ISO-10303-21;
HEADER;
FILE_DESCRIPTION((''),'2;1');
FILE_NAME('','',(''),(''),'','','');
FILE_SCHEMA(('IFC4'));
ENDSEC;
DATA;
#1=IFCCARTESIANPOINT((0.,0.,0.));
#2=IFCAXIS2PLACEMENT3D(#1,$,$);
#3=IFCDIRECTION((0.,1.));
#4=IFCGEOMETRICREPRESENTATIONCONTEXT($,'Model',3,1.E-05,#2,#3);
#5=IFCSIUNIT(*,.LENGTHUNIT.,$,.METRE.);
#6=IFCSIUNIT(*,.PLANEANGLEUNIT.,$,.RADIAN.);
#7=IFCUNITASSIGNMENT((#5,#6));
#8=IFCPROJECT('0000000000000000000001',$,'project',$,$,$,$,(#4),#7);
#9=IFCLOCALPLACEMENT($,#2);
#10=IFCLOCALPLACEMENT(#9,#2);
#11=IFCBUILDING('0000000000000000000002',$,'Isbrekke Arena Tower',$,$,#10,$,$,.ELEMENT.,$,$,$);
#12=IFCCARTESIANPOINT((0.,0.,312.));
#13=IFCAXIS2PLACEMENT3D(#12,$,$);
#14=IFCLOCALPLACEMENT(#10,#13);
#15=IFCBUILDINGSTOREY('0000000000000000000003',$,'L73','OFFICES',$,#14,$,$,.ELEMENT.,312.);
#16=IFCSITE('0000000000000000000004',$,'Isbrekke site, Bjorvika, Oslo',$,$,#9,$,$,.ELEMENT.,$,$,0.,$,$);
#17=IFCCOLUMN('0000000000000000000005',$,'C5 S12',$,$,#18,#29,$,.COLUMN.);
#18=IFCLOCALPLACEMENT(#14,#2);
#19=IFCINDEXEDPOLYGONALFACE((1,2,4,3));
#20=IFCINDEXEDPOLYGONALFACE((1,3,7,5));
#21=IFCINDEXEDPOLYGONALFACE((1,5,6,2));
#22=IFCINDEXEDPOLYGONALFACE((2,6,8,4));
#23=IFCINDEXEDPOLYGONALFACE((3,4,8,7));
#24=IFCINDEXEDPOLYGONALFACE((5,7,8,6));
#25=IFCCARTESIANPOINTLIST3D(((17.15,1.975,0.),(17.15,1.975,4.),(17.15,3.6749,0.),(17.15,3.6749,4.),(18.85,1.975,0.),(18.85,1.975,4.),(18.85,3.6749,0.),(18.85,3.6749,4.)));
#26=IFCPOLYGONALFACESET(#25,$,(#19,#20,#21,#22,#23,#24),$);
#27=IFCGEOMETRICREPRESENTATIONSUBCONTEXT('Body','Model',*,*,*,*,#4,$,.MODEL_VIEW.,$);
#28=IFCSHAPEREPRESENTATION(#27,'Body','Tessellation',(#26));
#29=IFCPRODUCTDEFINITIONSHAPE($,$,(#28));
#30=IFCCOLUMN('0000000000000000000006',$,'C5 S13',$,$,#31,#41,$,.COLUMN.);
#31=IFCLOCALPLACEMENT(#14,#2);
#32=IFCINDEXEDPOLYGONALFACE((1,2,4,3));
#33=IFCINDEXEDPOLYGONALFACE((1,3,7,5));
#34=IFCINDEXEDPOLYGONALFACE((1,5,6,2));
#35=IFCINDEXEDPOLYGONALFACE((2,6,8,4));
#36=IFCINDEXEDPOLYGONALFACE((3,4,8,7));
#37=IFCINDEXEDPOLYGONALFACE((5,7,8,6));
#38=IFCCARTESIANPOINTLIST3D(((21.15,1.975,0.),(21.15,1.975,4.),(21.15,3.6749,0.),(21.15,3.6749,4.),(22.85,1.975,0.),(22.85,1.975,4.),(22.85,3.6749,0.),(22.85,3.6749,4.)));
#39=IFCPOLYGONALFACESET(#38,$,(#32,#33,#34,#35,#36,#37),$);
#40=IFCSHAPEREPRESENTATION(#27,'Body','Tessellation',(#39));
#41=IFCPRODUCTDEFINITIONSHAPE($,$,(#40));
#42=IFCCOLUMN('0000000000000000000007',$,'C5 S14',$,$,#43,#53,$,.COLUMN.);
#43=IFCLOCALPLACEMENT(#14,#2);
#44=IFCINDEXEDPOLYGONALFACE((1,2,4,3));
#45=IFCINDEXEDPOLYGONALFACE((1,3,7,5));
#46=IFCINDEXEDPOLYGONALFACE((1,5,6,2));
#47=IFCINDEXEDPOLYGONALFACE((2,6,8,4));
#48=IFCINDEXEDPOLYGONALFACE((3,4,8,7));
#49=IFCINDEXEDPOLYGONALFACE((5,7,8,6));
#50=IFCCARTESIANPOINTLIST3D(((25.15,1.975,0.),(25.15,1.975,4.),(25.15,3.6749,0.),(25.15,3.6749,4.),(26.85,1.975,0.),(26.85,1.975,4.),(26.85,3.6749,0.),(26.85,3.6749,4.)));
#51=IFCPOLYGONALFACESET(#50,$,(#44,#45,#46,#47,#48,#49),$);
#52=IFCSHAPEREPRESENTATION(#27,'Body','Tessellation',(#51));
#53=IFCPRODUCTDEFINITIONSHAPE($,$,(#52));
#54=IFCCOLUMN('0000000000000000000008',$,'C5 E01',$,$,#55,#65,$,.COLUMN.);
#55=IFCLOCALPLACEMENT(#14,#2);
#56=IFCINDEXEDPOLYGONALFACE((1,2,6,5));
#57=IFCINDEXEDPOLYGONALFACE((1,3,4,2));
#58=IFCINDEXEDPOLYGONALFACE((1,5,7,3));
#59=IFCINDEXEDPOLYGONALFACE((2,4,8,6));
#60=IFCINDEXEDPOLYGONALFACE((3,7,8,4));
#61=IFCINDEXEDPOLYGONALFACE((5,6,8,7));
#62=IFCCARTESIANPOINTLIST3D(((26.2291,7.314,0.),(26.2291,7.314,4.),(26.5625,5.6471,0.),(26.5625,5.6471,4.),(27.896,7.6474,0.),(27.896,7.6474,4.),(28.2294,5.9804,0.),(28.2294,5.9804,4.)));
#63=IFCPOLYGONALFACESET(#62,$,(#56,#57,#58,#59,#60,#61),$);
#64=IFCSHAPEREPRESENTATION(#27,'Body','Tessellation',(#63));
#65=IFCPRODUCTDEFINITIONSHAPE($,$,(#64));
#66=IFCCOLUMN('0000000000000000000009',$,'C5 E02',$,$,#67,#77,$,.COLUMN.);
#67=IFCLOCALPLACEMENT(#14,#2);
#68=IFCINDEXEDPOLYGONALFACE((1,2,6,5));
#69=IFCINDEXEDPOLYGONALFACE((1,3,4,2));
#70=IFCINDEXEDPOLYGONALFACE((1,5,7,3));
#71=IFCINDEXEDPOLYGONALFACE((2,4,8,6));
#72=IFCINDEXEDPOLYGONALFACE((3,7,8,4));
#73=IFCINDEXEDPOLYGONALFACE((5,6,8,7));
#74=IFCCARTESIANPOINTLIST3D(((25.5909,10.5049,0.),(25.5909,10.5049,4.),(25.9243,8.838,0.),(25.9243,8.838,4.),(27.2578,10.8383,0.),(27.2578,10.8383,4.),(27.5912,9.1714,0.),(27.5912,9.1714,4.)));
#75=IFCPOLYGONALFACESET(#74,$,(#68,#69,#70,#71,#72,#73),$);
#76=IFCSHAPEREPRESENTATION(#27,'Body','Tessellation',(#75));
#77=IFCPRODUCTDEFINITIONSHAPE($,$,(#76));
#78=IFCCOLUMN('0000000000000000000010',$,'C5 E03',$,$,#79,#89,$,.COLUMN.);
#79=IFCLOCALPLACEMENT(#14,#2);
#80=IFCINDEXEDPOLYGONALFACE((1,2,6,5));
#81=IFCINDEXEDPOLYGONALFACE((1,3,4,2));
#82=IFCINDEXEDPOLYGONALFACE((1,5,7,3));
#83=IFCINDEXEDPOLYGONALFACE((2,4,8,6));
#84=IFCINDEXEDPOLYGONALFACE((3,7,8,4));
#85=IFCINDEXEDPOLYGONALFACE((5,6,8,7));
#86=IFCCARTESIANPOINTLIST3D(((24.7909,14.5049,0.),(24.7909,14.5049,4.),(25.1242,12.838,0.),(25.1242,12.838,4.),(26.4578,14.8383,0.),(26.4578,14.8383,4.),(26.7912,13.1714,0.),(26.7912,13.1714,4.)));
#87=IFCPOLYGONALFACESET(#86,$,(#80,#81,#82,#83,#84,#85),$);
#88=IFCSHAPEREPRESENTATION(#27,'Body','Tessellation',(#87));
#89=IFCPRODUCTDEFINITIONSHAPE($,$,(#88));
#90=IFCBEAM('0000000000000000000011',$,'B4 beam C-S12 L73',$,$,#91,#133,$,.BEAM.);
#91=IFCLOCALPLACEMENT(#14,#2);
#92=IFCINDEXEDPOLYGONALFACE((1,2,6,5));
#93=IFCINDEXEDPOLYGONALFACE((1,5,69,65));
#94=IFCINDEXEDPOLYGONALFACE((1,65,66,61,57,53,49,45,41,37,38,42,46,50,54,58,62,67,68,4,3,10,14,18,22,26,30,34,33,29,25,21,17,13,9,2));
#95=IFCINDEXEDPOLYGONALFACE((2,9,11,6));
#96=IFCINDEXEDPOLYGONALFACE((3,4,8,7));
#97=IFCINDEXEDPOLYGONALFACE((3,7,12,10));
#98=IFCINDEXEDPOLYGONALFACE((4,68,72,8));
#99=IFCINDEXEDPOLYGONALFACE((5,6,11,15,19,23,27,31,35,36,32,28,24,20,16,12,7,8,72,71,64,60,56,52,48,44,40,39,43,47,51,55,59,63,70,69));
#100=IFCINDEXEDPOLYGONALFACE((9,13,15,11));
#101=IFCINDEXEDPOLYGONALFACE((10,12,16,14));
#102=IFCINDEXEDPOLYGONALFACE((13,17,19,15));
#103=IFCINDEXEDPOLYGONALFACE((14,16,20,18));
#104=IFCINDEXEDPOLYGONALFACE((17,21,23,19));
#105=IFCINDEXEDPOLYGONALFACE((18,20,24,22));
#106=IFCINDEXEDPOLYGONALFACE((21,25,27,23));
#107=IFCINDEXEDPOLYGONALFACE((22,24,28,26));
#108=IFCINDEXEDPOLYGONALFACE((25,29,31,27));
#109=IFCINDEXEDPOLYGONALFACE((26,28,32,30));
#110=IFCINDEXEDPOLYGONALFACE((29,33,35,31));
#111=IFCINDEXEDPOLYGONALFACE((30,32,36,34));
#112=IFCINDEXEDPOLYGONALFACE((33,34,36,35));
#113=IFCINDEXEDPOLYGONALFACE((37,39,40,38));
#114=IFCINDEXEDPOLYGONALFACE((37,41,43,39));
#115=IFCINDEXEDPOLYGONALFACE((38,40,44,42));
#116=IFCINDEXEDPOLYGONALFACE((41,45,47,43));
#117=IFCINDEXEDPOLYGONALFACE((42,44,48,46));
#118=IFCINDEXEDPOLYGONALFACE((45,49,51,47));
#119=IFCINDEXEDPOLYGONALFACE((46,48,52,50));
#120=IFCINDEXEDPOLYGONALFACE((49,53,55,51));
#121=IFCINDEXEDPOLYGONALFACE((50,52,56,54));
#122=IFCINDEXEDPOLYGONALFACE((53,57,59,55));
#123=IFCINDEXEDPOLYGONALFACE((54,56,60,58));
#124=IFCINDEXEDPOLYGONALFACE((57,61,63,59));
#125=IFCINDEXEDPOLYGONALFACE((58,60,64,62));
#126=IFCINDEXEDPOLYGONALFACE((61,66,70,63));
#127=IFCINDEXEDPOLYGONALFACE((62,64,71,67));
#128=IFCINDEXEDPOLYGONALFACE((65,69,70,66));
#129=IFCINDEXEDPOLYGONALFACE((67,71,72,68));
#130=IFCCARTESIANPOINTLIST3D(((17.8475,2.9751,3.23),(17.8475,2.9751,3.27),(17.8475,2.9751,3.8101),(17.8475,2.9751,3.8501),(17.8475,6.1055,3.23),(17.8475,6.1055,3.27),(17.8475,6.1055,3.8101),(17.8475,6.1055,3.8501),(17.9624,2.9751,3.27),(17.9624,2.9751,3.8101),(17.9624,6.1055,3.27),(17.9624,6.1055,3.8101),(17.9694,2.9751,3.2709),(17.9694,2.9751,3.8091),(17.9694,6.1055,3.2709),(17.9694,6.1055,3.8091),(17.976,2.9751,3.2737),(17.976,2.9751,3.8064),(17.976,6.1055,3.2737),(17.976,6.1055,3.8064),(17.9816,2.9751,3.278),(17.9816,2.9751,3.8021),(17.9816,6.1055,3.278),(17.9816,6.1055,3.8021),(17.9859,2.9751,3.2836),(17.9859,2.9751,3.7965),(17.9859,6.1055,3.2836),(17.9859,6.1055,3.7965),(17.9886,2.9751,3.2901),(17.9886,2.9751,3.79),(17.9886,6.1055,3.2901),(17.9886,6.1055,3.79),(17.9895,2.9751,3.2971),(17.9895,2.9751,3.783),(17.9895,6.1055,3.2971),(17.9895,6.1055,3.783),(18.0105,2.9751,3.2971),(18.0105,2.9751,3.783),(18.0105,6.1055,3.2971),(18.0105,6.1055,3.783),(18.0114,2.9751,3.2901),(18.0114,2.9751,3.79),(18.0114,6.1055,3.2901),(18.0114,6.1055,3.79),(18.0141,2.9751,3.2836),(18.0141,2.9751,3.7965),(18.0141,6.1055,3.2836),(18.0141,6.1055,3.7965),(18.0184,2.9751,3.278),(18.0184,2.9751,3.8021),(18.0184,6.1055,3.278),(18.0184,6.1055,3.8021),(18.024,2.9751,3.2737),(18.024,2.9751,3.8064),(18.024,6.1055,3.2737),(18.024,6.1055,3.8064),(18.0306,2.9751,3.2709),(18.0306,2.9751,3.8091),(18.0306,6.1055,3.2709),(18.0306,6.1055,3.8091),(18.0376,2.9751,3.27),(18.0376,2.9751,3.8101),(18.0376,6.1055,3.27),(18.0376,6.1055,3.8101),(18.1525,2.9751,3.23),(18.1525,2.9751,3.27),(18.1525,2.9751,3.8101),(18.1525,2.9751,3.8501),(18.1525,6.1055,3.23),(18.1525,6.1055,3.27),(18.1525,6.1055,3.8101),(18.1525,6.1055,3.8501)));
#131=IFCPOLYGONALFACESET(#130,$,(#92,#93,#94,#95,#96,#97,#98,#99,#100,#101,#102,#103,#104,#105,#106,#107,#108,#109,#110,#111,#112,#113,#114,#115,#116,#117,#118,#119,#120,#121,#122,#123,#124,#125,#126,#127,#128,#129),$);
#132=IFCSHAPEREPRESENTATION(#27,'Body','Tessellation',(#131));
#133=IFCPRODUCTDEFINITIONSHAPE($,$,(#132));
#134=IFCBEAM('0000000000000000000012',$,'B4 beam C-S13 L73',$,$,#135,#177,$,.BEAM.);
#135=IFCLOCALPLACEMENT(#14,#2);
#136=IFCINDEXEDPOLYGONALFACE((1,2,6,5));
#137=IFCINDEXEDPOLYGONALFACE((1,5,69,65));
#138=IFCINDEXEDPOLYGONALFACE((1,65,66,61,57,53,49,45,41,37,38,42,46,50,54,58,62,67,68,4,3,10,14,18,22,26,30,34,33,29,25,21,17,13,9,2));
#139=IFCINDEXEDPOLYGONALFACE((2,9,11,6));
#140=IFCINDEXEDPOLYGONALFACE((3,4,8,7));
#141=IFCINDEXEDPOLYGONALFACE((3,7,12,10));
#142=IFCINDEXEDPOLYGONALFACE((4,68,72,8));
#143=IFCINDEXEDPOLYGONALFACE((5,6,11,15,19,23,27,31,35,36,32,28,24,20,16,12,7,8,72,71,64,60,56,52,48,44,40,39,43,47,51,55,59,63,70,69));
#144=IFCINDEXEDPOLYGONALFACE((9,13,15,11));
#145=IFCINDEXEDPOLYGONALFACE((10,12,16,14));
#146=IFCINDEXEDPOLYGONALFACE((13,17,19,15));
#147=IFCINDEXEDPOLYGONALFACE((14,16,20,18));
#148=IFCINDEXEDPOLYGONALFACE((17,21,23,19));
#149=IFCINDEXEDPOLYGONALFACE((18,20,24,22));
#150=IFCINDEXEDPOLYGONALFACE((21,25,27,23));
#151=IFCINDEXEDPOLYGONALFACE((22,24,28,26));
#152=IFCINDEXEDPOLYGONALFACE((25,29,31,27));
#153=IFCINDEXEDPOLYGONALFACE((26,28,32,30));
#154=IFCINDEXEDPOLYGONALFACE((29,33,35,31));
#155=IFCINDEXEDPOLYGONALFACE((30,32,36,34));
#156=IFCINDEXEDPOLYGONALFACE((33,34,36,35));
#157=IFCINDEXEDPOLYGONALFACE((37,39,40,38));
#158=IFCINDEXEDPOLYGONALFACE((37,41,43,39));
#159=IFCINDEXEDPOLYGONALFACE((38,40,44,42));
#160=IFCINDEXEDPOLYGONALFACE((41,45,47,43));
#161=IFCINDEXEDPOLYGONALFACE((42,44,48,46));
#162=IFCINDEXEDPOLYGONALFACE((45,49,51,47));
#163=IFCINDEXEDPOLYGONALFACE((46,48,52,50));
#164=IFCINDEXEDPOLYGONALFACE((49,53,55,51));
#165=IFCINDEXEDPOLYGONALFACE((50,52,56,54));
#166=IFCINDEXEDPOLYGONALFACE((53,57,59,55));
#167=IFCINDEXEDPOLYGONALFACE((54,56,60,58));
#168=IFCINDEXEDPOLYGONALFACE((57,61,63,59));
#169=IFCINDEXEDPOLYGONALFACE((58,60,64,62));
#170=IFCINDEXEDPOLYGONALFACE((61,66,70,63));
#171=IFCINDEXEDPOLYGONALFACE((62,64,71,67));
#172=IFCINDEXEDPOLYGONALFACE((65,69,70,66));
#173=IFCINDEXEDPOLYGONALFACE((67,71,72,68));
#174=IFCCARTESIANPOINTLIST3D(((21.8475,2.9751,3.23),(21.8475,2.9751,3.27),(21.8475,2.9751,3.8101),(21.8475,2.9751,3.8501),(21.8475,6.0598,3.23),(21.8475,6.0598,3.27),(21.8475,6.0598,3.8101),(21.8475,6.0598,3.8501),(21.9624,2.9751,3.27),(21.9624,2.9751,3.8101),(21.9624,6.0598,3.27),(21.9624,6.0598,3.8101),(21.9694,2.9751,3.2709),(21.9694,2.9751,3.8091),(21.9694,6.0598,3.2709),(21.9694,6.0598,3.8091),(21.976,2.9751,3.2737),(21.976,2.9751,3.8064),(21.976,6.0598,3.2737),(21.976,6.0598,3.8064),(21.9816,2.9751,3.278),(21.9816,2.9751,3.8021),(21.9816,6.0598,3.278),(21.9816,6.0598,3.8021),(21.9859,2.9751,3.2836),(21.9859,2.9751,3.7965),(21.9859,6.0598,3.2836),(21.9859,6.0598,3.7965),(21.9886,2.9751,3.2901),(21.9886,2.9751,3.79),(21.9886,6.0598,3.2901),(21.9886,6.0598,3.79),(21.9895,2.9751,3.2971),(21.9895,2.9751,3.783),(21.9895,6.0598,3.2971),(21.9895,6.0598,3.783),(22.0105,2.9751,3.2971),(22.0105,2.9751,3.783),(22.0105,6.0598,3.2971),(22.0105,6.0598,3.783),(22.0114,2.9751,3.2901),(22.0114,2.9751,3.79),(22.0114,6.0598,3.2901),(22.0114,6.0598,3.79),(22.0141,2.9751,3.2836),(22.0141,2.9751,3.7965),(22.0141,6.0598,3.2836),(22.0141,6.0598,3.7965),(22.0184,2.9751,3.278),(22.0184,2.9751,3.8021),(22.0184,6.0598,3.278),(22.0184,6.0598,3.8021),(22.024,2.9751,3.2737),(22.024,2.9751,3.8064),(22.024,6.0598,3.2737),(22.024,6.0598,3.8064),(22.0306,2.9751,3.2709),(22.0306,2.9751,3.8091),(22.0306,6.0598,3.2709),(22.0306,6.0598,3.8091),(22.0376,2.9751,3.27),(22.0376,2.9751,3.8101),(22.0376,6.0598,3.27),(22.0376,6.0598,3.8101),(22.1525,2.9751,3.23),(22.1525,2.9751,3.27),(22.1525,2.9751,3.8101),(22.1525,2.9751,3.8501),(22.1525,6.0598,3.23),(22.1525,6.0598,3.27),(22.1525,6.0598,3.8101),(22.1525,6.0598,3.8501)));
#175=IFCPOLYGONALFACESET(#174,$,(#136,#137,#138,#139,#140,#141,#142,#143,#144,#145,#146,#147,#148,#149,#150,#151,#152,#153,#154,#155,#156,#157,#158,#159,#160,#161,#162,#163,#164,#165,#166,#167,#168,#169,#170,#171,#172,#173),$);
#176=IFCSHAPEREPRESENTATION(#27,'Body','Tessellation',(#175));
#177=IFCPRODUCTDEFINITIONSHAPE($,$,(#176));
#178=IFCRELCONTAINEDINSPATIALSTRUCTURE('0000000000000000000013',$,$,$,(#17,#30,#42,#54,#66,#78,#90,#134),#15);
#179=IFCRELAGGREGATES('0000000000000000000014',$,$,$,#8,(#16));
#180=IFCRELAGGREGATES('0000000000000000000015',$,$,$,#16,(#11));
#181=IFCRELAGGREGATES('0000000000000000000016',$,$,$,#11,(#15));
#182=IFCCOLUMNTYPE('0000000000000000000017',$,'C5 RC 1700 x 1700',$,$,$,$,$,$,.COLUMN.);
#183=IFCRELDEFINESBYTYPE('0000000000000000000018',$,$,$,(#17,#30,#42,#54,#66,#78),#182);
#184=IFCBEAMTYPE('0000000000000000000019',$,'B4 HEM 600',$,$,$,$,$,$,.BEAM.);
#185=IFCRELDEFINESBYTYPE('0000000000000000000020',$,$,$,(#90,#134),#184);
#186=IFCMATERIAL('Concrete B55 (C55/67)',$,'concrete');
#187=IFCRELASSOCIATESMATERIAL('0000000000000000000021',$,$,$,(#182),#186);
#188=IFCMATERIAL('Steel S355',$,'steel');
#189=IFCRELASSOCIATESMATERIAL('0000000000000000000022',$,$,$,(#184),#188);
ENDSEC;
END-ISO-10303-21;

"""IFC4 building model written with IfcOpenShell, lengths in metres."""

from ifc_helpers import new_model, si_unit, direction, frame, origin, origin_2d, place, context, subcontext, project, spatial, rectangle, i_section, extrude, material, material_profile, profile_set, type_object, element, save


model = new_model("IFC4")

# Units and contexts
model_context = context("Model", 3, precision=1e-05, world=origin(), true_north=direction((0.0, 1.0)))
body_context = subcontext(model_context, "Body", "Model", "MODEL_VIEW")
ifc_project = project(units=[si_unit("LENGTHUNIT", "METRE"), si_unit("PLANEANGLEUNIT", "RADIAN")], contexts=[model_context])

# Site, building, storey
site_placement = place(None, origin())
site = spatial("IfcSite", under=ifc_project, at=site_placement, Name="Isbrekke site, Bjorvika, Oslo", CompositionType="ELEMENT", RefElevation=0.0)
building_placement = place(site_placement, origin())
building = spatial("IfcBuilding", under=site, at=building_placement, Name="Isbrekke Arena Tower", CompositionType="ELEMENT")
storey_placement = place(building_placement, frame((0.0, 0.0, 312.0)))
storey = spatial("IfcBuildingStorey", under=building, at=storey_placement, Name="L73", Description="OFFICES", CompositionType="ELEMENT", Elevation=312.0)

# Columns
ifc_material_1 = material(Name="Concrete B55 (C55/67)", Category="concrete")
ifc_material_profile_1 = material_profile(ifc_material_1, rectangle(XDim=1.7, YDim=1.7, at=origin_2d()), Name="RC 1700x1700")
ifc_profile_set_1 = profile_set([ifc_material_profile_1], Name="Concrete B55 (C55/67)")
column_type = type_object("IfcColumnType", Name="C5 RC 1700 x 1700", PredefinedType="COLUMN", material=ifc_profile_set_1)
for number, where, z_axis, x_axis, name in (
    (1, (18.0, 2.825, 0.0), (0.0, 0.0, 1.0), (1.0, 0.0, 0.0), "C5 S12"),
    (2, (22.0, 2.825, 0.0), (0.0, 0.0, 1.0), (1.0, 0.0, 0.0), "C5 S13"),
    (3, (26.0, 2.825, 0.0), (0.0, 0.0, 1.0), (1.0, 0.0, 0.0), "C5 S14"),
    (4, (27.2292, 6.6472, 0.0), (0.0, 0.0, 1.0), (-0.196116, 0.980581, 0.0), "C5 E01"),
    (5, (26.5911, 9.8381, 0.0), (0.0, 0.0, 1.0), (-0.196116, 0.980581, 0.0), "C5 E02"),
    (6, (25.791, 13.8381, 0.0), (0.0, 0.0, 1.0), (-0.196116, 0.980581, 0.0), "C5 E03"),
):
    element("IfcColumn", number, at=place(storey_placement, frame(where, z_axis=z_axis, x_axis=x_axis)), inside=storey, type_object=column_type, Name=name, PredefinedType="COLUMN", context=body_context, shape_type="SweptSolid", body=[
        extrude(rectangle(XDim=1.7, YDim=1.7, at=origin_2d()), origin(), (0.0, 0.0, 1.0), 4.0),
    ])

# Beams
ifc_material_2 = material(Name="Steel S355", Category="steel")
ifc_material_profile_2 = material_profile(ifc_material_2, i_section(OverallWidth=0.3049, OverallDepth=0.6201, WebThickness=0.021, FlangeThickness=0.04, FilletRadius=0.0271, at=origin_2d()), Name="HEM 600")
ifc_profile_set_2 = profile_set([ifc_material_profile_2], Name="Steel S355")
beam_type_1 = type_object("IfcBeamType", Name="B4 HEM 600", PredefinedType="BEAM", material=ifc_profile_set_2)
beam_1_placement = place(storey_placement, frame((18.0, 2.9751, 3.54), z_axis=(0.0, 1.0, 0.0), x_axis=(-1.0, 0.0, 0.0)))
element("IfcBeam", 7, at=beam_1_placement, inside=storey, type_object=beam_type_1, Name="B4 beam C-S12 L73", PredefinedType="BEAM", context=body_context, shape_type="SweptSolid", body=[
    extrude(i_section(OverallWidth=0.3049, OverallDepth=0.6201, WebThickness=0.021, FlangeThickness=0.04, FilletRadius=0.0271, at=origin_2d()), origin(), (0.0, 0.0, 1.0), 3.1304),
])
beam_2_placement = place(storey_placement, frame((22.0, 2.9751, 3.54), z_axis=(0.0, 1.0, 0.0), x_axis=(-1.0, 0.0, 0.0)))
element("IfcBeam", 8, at=beam_2_placement, inside=storey, type_object=beam_type_1, Name="B4 beam C-S13 L73", PredefinedType="BEAM", context=body_context, shape_type="SweptSolid", body=[
    extrude(i_section(OverallWidth=0.3049, OverallDepth=0.6201, WebThickness=0.021, FlangeThickness=0.04, FilletRadius=0.0271, at=origin_2d()), origin(), (0.0, 0.0, 1.0), 3.0847),
])

save(model, "model.ifc")
